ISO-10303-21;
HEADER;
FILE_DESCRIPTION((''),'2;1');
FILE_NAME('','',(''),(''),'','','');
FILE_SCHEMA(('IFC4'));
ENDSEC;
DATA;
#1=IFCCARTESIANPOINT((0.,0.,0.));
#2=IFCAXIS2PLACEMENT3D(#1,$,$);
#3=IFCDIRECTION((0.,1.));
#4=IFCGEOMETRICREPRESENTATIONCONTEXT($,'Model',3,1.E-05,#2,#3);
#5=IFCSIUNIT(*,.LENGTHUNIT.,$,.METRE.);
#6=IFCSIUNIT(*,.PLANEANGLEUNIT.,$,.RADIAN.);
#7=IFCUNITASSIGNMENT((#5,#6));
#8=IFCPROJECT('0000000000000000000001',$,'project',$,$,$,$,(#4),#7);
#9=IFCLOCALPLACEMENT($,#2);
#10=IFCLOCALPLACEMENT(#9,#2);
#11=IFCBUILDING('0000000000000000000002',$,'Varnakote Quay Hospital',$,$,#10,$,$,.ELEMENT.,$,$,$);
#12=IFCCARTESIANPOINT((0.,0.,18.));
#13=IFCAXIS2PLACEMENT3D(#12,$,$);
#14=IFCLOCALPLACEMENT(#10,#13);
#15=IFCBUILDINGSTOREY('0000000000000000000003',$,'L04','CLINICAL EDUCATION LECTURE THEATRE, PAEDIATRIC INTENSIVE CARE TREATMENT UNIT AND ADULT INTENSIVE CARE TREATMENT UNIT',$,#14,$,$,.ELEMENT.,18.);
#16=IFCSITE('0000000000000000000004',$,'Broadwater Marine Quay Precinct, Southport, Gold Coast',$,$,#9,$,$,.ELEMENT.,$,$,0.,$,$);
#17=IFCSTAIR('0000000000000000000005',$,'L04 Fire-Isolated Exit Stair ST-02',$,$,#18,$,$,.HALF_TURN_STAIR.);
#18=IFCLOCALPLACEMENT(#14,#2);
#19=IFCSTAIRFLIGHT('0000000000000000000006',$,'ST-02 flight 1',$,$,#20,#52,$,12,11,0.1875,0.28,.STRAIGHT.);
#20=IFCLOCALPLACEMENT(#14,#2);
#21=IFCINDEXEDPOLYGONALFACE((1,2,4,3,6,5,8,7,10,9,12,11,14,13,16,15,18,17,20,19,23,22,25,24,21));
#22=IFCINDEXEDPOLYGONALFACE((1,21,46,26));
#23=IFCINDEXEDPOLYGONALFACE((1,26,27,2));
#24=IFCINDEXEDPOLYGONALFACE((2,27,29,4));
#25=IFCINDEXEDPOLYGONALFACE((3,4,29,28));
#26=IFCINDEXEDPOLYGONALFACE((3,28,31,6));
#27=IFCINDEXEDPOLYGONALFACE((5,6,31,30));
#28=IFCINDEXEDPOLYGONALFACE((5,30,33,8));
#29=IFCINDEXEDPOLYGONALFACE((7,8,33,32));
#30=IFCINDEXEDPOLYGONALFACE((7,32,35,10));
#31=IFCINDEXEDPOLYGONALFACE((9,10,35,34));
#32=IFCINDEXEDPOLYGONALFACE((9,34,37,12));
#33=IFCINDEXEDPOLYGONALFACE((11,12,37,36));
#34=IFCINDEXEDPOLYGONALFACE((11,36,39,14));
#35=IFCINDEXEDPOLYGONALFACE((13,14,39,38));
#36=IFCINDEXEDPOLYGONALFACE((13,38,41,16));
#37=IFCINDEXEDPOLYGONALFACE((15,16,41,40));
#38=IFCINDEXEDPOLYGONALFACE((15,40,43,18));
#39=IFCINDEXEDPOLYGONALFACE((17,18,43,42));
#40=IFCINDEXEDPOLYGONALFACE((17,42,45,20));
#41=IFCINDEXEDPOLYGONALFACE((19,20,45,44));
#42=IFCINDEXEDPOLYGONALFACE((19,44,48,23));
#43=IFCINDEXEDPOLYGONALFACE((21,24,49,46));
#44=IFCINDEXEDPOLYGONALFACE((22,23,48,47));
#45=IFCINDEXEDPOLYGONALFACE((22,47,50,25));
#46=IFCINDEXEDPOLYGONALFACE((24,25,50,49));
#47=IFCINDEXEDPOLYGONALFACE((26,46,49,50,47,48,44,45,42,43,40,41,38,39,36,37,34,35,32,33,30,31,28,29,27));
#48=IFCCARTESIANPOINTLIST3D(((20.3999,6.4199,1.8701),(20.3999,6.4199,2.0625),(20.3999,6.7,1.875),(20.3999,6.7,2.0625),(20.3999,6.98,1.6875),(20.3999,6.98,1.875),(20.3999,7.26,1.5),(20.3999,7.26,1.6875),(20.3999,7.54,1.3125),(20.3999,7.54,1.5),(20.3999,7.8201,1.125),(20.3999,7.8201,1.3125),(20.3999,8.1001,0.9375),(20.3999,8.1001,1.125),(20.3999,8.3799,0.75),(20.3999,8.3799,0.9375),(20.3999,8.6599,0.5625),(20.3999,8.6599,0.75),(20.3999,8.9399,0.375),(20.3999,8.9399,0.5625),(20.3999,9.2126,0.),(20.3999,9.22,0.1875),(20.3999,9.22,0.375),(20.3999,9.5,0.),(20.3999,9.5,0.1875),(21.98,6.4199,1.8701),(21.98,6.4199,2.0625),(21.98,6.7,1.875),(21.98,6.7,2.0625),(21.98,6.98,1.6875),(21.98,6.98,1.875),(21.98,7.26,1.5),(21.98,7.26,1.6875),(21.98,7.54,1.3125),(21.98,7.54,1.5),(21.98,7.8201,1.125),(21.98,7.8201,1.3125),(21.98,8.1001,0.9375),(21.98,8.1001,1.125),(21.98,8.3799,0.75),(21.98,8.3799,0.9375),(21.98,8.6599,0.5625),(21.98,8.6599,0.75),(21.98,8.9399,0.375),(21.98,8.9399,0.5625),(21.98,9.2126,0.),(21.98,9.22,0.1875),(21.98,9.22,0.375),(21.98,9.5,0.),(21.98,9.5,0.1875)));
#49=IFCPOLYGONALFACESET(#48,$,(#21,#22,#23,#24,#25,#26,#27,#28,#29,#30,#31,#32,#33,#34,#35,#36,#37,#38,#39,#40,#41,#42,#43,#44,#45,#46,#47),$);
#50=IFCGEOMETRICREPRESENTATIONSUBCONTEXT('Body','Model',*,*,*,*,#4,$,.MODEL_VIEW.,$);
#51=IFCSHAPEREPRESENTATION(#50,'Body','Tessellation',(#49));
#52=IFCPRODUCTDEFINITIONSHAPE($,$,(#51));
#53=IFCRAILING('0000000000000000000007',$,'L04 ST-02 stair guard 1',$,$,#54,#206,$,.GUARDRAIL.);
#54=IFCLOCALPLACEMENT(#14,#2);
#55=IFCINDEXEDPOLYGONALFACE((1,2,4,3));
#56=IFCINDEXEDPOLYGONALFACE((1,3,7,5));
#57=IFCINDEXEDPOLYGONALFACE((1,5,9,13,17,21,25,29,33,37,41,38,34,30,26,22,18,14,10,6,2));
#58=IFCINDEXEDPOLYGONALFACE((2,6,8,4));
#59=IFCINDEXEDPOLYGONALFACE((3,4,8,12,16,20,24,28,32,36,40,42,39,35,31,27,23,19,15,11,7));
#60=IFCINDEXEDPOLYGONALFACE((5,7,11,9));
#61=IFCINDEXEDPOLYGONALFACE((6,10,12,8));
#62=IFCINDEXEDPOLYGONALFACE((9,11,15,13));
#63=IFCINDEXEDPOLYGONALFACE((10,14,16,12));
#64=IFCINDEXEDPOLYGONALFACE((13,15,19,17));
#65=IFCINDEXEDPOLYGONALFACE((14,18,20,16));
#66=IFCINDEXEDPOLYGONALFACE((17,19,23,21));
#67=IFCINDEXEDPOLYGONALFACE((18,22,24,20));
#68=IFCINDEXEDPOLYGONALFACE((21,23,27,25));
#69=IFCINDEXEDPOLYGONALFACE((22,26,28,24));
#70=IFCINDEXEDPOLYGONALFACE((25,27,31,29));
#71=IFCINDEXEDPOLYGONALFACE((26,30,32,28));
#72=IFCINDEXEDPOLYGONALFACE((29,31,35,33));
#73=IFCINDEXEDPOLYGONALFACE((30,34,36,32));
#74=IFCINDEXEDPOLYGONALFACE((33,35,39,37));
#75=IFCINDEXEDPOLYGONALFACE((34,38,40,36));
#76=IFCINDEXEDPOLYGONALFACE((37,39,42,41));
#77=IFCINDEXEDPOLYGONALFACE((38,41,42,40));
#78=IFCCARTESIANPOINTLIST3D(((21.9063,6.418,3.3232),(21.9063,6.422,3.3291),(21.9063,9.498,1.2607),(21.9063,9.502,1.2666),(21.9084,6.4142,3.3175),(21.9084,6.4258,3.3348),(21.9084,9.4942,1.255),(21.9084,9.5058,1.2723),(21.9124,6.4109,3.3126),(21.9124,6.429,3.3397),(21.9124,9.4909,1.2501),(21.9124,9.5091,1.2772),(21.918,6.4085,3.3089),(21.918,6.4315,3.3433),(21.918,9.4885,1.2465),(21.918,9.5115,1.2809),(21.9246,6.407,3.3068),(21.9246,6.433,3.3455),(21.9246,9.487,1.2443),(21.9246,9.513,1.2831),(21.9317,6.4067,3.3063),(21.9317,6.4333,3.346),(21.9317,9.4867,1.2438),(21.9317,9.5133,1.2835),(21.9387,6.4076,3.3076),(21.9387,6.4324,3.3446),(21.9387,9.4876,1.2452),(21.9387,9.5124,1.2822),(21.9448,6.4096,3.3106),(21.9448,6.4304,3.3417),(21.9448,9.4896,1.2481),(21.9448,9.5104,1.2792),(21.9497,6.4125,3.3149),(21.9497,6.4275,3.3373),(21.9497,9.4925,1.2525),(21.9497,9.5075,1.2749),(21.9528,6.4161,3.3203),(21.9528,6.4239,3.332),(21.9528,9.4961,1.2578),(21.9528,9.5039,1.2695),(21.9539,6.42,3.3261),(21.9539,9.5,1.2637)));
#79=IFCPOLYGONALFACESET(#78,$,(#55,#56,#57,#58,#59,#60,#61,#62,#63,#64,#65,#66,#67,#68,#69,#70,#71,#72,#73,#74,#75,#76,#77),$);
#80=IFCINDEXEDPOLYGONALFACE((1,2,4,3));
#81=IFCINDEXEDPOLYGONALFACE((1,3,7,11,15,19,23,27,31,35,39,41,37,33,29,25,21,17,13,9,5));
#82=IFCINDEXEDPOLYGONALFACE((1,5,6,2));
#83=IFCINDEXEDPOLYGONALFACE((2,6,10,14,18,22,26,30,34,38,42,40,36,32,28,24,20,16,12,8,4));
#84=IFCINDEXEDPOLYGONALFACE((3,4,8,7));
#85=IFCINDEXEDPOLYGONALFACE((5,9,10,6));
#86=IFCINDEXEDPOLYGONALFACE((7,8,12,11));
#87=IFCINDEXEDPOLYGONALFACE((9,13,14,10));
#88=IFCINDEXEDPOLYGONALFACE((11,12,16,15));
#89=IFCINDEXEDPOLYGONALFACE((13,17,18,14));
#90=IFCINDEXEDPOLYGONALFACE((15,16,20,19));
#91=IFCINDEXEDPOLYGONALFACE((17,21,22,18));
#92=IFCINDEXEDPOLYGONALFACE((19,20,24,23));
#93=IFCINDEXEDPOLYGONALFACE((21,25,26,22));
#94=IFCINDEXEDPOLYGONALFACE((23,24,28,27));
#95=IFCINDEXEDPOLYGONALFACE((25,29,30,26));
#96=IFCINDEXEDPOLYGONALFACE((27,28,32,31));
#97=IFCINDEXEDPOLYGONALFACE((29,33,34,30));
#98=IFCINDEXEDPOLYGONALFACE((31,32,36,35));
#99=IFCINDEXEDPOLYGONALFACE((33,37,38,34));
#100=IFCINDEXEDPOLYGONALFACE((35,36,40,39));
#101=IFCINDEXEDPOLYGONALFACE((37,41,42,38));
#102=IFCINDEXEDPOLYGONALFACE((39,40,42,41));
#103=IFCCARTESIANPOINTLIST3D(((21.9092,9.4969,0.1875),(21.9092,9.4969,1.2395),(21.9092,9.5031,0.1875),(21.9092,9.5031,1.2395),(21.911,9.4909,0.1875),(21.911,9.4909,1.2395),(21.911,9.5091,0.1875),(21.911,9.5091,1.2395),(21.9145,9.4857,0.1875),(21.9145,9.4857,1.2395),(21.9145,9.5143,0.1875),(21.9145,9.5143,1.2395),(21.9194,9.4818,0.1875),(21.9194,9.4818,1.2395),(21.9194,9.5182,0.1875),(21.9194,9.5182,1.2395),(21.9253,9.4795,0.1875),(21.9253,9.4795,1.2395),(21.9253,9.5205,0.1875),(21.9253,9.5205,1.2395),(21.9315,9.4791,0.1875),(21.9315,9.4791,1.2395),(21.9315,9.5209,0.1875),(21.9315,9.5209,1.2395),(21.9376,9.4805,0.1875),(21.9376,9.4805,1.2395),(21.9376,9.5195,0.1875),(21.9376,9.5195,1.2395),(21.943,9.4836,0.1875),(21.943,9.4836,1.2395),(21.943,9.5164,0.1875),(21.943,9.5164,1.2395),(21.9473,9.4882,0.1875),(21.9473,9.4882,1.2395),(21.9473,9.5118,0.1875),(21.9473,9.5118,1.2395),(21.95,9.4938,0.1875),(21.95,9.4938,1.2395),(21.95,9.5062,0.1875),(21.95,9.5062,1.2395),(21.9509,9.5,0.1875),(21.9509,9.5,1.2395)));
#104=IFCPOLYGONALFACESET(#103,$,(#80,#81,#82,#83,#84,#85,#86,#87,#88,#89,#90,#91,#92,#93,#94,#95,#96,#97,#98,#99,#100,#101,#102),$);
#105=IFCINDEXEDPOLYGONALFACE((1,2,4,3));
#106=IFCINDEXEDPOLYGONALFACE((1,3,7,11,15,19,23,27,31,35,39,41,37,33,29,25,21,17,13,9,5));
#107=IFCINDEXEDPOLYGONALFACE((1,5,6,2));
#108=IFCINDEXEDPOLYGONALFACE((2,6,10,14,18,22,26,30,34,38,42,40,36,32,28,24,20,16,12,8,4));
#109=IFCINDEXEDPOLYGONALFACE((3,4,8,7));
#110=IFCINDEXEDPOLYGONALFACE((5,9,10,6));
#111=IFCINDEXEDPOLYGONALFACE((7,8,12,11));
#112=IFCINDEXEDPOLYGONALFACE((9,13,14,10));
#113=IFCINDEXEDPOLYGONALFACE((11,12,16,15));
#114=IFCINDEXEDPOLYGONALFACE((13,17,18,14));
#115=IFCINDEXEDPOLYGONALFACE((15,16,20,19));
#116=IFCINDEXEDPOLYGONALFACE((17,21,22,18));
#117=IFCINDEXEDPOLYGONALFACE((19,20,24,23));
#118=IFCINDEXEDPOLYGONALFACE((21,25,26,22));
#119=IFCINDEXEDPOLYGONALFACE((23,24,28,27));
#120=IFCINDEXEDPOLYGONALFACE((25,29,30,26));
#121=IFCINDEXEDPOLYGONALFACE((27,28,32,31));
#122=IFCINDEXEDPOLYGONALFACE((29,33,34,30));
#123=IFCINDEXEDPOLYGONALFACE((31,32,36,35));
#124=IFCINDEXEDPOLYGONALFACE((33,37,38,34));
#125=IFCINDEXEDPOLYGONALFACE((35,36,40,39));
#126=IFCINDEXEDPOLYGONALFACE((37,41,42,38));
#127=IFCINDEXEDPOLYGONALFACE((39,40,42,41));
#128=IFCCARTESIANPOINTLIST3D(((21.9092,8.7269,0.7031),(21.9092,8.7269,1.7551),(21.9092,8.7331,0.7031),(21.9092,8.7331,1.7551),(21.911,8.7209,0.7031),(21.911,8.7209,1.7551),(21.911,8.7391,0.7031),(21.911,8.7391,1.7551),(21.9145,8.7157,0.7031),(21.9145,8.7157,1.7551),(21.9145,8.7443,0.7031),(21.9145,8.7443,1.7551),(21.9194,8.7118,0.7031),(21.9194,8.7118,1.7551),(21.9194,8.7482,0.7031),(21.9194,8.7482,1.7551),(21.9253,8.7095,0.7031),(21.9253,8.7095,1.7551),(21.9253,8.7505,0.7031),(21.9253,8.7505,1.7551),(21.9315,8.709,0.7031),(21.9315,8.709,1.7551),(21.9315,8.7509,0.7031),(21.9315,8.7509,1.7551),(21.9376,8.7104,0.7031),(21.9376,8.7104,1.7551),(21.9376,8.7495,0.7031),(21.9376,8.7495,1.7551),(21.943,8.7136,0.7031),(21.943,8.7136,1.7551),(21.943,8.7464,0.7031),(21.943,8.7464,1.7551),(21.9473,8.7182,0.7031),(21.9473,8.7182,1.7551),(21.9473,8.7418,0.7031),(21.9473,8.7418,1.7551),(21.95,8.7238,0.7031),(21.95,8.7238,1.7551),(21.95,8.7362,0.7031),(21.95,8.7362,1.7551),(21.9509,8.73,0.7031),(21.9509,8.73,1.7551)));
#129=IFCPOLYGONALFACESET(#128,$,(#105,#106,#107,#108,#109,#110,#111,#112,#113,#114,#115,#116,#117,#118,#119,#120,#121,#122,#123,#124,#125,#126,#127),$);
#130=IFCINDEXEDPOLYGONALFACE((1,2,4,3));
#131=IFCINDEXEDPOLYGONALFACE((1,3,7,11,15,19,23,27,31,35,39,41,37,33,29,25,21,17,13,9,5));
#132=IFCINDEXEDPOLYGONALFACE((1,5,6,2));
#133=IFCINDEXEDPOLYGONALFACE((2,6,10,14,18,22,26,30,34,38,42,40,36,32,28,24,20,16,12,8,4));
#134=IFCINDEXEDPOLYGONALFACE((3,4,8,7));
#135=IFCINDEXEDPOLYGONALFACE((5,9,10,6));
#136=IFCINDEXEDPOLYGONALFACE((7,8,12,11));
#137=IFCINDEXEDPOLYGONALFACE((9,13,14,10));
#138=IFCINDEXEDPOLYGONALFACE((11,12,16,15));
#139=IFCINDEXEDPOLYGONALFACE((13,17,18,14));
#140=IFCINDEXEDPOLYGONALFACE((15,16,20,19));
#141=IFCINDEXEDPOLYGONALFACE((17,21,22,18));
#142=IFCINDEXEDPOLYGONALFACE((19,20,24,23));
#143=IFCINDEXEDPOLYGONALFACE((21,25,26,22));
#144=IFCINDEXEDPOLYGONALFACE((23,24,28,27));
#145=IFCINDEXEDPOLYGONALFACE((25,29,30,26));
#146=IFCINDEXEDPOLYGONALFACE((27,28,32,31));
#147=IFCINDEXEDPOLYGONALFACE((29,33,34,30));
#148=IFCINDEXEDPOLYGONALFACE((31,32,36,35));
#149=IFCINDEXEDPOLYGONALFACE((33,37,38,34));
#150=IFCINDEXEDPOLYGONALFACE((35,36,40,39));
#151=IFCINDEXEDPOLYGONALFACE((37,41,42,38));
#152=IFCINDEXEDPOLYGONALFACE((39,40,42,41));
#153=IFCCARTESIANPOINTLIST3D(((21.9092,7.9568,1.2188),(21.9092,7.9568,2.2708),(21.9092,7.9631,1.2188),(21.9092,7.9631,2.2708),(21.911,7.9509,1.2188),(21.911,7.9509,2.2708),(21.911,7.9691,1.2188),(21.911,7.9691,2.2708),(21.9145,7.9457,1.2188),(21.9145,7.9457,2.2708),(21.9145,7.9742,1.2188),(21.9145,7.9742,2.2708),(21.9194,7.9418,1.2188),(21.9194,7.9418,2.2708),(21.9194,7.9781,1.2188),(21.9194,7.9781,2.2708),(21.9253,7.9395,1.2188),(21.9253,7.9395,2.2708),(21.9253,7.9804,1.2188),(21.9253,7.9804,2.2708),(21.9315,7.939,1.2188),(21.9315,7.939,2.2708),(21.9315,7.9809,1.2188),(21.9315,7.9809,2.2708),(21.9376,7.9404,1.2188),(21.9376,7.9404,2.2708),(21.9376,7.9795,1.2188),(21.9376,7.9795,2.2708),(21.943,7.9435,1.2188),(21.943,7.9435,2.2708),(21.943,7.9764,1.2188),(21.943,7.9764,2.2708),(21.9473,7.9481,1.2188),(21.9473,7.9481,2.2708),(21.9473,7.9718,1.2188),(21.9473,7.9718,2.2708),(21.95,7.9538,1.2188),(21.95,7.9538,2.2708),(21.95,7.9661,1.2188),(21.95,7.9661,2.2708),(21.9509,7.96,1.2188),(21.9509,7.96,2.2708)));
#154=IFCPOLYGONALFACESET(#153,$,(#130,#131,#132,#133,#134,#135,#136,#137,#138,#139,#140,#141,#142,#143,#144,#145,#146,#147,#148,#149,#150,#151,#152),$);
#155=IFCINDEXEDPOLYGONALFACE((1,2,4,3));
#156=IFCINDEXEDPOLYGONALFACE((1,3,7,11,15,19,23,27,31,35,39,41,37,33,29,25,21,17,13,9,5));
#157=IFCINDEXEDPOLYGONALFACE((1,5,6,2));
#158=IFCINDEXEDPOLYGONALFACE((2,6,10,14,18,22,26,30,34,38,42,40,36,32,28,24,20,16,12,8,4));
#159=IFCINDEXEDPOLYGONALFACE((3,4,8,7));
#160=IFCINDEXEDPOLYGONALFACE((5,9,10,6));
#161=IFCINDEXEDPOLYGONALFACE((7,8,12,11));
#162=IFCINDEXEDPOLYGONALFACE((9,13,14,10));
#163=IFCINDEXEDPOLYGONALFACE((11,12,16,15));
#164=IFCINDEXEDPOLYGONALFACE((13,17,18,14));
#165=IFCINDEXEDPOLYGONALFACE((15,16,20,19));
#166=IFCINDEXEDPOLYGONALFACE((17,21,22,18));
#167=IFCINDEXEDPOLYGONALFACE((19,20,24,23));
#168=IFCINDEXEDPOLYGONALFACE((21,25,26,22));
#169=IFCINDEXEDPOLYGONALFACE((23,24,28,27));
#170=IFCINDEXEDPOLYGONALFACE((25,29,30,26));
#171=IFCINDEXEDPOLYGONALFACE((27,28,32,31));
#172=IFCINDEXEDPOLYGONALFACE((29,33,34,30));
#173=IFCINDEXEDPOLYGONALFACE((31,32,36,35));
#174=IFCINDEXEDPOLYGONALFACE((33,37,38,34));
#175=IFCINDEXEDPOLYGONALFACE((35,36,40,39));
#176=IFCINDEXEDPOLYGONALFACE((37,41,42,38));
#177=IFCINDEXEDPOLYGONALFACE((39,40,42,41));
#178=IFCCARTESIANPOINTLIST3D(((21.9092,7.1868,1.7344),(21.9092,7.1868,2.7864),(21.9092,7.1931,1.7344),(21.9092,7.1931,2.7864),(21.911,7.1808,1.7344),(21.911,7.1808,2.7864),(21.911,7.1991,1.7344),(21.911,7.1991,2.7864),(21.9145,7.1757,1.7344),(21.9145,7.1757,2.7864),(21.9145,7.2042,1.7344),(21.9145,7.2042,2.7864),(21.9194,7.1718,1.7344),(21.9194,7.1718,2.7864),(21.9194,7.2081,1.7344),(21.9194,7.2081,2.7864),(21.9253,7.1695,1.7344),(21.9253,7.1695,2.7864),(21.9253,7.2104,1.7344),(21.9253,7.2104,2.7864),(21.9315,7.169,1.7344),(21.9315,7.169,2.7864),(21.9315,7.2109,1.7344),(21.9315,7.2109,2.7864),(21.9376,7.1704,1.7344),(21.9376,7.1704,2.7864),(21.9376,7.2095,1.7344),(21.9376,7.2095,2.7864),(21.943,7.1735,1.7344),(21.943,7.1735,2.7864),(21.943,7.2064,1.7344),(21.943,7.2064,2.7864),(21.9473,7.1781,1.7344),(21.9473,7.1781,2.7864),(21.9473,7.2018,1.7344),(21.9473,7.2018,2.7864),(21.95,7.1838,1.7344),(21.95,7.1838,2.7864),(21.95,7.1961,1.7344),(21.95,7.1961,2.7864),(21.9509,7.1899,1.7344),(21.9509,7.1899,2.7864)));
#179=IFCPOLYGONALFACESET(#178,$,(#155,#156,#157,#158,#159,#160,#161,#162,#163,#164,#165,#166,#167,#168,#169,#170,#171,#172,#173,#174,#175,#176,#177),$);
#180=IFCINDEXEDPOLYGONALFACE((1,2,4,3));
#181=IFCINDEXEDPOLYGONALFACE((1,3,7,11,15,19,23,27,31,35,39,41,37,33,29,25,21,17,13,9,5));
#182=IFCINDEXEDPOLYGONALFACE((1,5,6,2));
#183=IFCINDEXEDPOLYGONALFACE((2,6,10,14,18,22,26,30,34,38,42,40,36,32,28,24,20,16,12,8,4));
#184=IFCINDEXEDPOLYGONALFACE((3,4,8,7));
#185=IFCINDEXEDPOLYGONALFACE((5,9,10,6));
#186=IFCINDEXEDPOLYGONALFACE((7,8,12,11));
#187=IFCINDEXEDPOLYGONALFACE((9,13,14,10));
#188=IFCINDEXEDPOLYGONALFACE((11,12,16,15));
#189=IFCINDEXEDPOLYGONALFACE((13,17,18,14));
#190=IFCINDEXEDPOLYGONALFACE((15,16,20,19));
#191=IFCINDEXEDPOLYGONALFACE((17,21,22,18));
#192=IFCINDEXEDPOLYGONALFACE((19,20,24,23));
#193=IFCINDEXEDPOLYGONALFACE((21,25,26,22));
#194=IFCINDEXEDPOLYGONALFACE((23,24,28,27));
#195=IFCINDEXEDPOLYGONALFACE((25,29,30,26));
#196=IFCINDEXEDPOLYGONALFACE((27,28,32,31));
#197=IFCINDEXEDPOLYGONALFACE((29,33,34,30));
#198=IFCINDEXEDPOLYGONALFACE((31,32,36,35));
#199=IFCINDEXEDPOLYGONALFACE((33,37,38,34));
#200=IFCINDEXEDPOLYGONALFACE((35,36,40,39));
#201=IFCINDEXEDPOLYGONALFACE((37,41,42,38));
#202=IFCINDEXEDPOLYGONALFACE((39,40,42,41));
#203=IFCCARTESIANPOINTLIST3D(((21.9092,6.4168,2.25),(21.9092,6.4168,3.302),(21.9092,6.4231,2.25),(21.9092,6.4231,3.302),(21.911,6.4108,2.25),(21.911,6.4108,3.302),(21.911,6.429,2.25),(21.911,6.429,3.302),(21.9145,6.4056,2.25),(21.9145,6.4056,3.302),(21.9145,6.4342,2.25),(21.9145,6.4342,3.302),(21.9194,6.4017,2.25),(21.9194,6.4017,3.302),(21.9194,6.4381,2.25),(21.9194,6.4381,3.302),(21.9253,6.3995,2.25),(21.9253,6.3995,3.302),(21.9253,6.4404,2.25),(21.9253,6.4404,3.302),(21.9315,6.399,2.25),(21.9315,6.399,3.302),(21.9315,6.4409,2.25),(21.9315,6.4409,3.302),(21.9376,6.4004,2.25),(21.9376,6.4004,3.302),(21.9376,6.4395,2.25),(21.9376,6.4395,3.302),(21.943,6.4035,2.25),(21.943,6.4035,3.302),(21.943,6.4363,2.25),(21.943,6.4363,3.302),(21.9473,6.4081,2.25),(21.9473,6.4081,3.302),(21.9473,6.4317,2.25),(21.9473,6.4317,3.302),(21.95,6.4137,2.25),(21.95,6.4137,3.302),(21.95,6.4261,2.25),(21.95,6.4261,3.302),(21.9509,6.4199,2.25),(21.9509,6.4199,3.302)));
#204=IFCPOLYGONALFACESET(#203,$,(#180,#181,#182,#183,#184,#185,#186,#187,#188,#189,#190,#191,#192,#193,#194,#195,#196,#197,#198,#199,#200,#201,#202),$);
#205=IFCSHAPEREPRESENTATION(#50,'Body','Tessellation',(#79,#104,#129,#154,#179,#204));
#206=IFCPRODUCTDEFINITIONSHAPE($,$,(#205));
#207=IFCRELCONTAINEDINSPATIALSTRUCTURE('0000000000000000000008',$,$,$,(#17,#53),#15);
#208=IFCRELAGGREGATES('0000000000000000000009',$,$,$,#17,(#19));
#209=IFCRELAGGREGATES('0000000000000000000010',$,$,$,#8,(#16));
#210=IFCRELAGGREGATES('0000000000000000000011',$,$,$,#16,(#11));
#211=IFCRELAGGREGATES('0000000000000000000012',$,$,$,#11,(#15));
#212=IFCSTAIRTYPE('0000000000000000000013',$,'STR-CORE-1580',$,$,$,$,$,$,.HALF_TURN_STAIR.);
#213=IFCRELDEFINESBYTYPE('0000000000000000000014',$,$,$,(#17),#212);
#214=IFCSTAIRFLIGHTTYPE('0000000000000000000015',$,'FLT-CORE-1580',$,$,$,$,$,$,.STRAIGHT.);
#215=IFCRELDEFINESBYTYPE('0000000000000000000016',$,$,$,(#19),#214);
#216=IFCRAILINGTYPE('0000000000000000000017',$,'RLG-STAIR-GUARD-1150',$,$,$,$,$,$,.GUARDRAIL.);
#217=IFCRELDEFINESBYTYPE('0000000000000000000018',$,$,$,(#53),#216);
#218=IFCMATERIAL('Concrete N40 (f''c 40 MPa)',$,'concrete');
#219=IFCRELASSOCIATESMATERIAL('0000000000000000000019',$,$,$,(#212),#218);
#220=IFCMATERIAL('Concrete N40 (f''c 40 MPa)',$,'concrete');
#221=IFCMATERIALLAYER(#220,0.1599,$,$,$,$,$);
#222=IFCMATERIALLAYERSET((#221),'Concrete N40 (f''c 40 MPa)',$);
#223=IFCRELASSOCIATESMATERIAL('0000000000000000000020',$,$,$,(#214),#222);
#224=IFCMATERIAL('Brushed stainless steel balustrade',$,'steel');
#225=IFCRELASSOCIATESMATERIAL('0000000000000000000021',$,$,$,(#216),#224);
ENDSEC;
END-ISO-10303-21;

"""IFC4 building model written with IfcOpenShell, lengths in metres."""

from ifc_helpers import new_model, si_unit, direction, frame, origin, origin_2d, place, context, subcontext, project, spatial, polyline, circle, outline, extrude, material, layer, layer_set, type_object, element, aggregate, save


model = new_model("IFC4")

# Units and contexts
model_context = context("Model", 3, precision=1e-05, world=origin(), true_north=direction((0.0, 1.0)))
body_context = subcontext(model_context, "Body", "Model", "MODEL_VIEW")
ifc_project = project(units=[si_unit("LENGTHUNIT", "METRE"), si_unit("PLANEANGLEUNIT", "RADIAN")], contexts=[model_context])

# Site, building, storey
site_placement = place(None, origin())
site = spatial("IfcSite", under=ifc_project, at=site_placement, Name="Broadwater Marine Quay Precinct, Southport, Gold Coast", CompositionType="ELEMENT", RefElevation=0.0)
building_placement = place(site_placement, origin())
building = spatial("IfcBuilding", under=site, at=building_placement, Name="Varnakote Quay Hospital", CompositionType="ELEMENT")
storey_placement = place(building_placement, frame((0.0, 0.0, 18.0)))
storey = spatial("IfcBuildingStorey", under=building, at=storey_placement, Name="L04", Description="CLINICAL EDUCATION LECTURE THEATRE, PAEDIATRIC INTENSIVE CARE TREATMENT UNIT AND ADULT INTENSIVE CARE TREATMENT UNIT", CompositionType="ELEMENT", Elevation=18.0)

# Stair, stair flight
ifc_material_1 = material(Name="Concrete N40 (f'c 40 MPa)", Category="concrete")
stair_type = type_object("IfcStairType", Name="STR-CORE-1580", PredefinedType="HALF_TURN_STAIR", material=ifc_material_1)
stair_placement = place(storey_placement, origin())
stair = element("IfcStair", 1, at=stair_placement, inside=storey, type_object=stair_type, Name="L04 Fire-Isolated Exit Stair ST-02", PredefinedType="HALF_TURN_STAIR")
ifc_material_2 = material(Name="Concrete N40 (f'c 40 MPa)", Category="concrete")
ifc_layer_1 = layer(ifc_material_2, 0.1599)
ifc_layer_set_1 = layer_set([ifc_layer_1], Name="Concrete N40 (f'c 40 MPa)")
stair_flight_type = type_object("IfcStairFlightType", Name="FLT-CORE-1580", PredefinedType="STRAIGHT", material=ifc_layer_set_1)
stair_flight_placement = place(storey_placement, frame((21.1899, 9.5, 0.0), z_axis=(0.0, 0.0, 1.0), x_axis=(0.0, -1.0, 0.0)))
stair_flight = element("IfcStairFlight", 2, at=stair_flight_placement, type_object=stair_flight_type, Name="ST-02 flight 1", NumberOfRisers=12, NumberOfTreads=11, PredefinedType="STRAIGHT", RiserHeight=0.1875, TreadLength=0.28, context=body_context, shape_type="SweptSolid", body=[
    extrude(outline(polyline([(0.0, 0.0), (0.0, 0.1875), (0.28, 0.1875), (0.28, 0.375), (0.5601, 0.375), (0.5601, 0.5625), (0.8401, 0.5625), (0.8401, 0.75), (1.1201, 0.75), (1.1201, 0.9375), (1.3999, 0.9375), (1.3999, 1.125), (1.6799, 1.125), (1.6799, 1.3125), (1.96, 1.3125), (1.96, 1.5), (2.24, 1.5), (2.24, 1.6875), (2.52, 1.6875), (2.52, 1.875), (2.8, 1.875), (2.8, 2.0625), (3.0801, 2.0625), (3.0801, 2.25), (3.0801, 1.8701), (0.2874, 0.0), (0.0, 0.0)])), frame((0.0, 0.79, 0.0), z_axis=(0.0, -1.0, 0.0), x_axis=(1.0, 0.0, 0.0)), (0.0, 0.0, 1.0), 1.5801),
])
aggregate(stair, [stair_flight])

# Railing
ifc_material_3 = material(Name="Brushed stainless steel balustrade", Category="steel")
railing_type_1 = type_object("IfcRailingType", Name="RLG-STAIR-GUARD-1150", PredefinedType="GUARDRAIL", material=ifc_material_3)
railing_1_placement = place(storey_placement, frame((21.9299, 9.5, 0.1875)))
element("IfcRailing", 3, at=railing_1_placement, inside=storey, type_object=railing_type_1, Name="L04 ST-02 stair guard 1", PredefinedType="GUARDRAIL", context=body_context, shape_type="SweptSolid", body=[
    extrude(circle(Radius=0.0239, at=origin_2d()), frame((0.0, 0.0, 1.0762), z_axis=(0.0, -0.830914, 0.556401), x_axis=(1.0, 0.0, 0.0)), (0.0, 0.0, 1.0), 3.7068),
    extrude(circle(Radius=0.021, at=origin_2d()), origin(), (0.0, 0.0, 1.0), 1.052),
    extrude(circle(Radius=0.021, at=origin_2d()), frame((0.0, -0.77, 0.5156)), (0.0, 0.0, 1.0), 1.052),
    extrude(circle(Radius=0.021, at=origin_2d()), frame((0.0, -1.54, 1.0312)), (0.0, 0.0, 1.0), 1.052),
    extrude(circle(Radius=0.021, at=origin_2d()), frame((0.0, -2.3101, 1.5469)), (0.0, 0.0, 1.0), 1.052),
    extrude(circle(Radius=0.021, at=origin_2d()), frame((0.0, -3.0801, 2.0625)), (0.0, 0.0, 1.0), 1.052),
])

save(model, "model.ifc")
